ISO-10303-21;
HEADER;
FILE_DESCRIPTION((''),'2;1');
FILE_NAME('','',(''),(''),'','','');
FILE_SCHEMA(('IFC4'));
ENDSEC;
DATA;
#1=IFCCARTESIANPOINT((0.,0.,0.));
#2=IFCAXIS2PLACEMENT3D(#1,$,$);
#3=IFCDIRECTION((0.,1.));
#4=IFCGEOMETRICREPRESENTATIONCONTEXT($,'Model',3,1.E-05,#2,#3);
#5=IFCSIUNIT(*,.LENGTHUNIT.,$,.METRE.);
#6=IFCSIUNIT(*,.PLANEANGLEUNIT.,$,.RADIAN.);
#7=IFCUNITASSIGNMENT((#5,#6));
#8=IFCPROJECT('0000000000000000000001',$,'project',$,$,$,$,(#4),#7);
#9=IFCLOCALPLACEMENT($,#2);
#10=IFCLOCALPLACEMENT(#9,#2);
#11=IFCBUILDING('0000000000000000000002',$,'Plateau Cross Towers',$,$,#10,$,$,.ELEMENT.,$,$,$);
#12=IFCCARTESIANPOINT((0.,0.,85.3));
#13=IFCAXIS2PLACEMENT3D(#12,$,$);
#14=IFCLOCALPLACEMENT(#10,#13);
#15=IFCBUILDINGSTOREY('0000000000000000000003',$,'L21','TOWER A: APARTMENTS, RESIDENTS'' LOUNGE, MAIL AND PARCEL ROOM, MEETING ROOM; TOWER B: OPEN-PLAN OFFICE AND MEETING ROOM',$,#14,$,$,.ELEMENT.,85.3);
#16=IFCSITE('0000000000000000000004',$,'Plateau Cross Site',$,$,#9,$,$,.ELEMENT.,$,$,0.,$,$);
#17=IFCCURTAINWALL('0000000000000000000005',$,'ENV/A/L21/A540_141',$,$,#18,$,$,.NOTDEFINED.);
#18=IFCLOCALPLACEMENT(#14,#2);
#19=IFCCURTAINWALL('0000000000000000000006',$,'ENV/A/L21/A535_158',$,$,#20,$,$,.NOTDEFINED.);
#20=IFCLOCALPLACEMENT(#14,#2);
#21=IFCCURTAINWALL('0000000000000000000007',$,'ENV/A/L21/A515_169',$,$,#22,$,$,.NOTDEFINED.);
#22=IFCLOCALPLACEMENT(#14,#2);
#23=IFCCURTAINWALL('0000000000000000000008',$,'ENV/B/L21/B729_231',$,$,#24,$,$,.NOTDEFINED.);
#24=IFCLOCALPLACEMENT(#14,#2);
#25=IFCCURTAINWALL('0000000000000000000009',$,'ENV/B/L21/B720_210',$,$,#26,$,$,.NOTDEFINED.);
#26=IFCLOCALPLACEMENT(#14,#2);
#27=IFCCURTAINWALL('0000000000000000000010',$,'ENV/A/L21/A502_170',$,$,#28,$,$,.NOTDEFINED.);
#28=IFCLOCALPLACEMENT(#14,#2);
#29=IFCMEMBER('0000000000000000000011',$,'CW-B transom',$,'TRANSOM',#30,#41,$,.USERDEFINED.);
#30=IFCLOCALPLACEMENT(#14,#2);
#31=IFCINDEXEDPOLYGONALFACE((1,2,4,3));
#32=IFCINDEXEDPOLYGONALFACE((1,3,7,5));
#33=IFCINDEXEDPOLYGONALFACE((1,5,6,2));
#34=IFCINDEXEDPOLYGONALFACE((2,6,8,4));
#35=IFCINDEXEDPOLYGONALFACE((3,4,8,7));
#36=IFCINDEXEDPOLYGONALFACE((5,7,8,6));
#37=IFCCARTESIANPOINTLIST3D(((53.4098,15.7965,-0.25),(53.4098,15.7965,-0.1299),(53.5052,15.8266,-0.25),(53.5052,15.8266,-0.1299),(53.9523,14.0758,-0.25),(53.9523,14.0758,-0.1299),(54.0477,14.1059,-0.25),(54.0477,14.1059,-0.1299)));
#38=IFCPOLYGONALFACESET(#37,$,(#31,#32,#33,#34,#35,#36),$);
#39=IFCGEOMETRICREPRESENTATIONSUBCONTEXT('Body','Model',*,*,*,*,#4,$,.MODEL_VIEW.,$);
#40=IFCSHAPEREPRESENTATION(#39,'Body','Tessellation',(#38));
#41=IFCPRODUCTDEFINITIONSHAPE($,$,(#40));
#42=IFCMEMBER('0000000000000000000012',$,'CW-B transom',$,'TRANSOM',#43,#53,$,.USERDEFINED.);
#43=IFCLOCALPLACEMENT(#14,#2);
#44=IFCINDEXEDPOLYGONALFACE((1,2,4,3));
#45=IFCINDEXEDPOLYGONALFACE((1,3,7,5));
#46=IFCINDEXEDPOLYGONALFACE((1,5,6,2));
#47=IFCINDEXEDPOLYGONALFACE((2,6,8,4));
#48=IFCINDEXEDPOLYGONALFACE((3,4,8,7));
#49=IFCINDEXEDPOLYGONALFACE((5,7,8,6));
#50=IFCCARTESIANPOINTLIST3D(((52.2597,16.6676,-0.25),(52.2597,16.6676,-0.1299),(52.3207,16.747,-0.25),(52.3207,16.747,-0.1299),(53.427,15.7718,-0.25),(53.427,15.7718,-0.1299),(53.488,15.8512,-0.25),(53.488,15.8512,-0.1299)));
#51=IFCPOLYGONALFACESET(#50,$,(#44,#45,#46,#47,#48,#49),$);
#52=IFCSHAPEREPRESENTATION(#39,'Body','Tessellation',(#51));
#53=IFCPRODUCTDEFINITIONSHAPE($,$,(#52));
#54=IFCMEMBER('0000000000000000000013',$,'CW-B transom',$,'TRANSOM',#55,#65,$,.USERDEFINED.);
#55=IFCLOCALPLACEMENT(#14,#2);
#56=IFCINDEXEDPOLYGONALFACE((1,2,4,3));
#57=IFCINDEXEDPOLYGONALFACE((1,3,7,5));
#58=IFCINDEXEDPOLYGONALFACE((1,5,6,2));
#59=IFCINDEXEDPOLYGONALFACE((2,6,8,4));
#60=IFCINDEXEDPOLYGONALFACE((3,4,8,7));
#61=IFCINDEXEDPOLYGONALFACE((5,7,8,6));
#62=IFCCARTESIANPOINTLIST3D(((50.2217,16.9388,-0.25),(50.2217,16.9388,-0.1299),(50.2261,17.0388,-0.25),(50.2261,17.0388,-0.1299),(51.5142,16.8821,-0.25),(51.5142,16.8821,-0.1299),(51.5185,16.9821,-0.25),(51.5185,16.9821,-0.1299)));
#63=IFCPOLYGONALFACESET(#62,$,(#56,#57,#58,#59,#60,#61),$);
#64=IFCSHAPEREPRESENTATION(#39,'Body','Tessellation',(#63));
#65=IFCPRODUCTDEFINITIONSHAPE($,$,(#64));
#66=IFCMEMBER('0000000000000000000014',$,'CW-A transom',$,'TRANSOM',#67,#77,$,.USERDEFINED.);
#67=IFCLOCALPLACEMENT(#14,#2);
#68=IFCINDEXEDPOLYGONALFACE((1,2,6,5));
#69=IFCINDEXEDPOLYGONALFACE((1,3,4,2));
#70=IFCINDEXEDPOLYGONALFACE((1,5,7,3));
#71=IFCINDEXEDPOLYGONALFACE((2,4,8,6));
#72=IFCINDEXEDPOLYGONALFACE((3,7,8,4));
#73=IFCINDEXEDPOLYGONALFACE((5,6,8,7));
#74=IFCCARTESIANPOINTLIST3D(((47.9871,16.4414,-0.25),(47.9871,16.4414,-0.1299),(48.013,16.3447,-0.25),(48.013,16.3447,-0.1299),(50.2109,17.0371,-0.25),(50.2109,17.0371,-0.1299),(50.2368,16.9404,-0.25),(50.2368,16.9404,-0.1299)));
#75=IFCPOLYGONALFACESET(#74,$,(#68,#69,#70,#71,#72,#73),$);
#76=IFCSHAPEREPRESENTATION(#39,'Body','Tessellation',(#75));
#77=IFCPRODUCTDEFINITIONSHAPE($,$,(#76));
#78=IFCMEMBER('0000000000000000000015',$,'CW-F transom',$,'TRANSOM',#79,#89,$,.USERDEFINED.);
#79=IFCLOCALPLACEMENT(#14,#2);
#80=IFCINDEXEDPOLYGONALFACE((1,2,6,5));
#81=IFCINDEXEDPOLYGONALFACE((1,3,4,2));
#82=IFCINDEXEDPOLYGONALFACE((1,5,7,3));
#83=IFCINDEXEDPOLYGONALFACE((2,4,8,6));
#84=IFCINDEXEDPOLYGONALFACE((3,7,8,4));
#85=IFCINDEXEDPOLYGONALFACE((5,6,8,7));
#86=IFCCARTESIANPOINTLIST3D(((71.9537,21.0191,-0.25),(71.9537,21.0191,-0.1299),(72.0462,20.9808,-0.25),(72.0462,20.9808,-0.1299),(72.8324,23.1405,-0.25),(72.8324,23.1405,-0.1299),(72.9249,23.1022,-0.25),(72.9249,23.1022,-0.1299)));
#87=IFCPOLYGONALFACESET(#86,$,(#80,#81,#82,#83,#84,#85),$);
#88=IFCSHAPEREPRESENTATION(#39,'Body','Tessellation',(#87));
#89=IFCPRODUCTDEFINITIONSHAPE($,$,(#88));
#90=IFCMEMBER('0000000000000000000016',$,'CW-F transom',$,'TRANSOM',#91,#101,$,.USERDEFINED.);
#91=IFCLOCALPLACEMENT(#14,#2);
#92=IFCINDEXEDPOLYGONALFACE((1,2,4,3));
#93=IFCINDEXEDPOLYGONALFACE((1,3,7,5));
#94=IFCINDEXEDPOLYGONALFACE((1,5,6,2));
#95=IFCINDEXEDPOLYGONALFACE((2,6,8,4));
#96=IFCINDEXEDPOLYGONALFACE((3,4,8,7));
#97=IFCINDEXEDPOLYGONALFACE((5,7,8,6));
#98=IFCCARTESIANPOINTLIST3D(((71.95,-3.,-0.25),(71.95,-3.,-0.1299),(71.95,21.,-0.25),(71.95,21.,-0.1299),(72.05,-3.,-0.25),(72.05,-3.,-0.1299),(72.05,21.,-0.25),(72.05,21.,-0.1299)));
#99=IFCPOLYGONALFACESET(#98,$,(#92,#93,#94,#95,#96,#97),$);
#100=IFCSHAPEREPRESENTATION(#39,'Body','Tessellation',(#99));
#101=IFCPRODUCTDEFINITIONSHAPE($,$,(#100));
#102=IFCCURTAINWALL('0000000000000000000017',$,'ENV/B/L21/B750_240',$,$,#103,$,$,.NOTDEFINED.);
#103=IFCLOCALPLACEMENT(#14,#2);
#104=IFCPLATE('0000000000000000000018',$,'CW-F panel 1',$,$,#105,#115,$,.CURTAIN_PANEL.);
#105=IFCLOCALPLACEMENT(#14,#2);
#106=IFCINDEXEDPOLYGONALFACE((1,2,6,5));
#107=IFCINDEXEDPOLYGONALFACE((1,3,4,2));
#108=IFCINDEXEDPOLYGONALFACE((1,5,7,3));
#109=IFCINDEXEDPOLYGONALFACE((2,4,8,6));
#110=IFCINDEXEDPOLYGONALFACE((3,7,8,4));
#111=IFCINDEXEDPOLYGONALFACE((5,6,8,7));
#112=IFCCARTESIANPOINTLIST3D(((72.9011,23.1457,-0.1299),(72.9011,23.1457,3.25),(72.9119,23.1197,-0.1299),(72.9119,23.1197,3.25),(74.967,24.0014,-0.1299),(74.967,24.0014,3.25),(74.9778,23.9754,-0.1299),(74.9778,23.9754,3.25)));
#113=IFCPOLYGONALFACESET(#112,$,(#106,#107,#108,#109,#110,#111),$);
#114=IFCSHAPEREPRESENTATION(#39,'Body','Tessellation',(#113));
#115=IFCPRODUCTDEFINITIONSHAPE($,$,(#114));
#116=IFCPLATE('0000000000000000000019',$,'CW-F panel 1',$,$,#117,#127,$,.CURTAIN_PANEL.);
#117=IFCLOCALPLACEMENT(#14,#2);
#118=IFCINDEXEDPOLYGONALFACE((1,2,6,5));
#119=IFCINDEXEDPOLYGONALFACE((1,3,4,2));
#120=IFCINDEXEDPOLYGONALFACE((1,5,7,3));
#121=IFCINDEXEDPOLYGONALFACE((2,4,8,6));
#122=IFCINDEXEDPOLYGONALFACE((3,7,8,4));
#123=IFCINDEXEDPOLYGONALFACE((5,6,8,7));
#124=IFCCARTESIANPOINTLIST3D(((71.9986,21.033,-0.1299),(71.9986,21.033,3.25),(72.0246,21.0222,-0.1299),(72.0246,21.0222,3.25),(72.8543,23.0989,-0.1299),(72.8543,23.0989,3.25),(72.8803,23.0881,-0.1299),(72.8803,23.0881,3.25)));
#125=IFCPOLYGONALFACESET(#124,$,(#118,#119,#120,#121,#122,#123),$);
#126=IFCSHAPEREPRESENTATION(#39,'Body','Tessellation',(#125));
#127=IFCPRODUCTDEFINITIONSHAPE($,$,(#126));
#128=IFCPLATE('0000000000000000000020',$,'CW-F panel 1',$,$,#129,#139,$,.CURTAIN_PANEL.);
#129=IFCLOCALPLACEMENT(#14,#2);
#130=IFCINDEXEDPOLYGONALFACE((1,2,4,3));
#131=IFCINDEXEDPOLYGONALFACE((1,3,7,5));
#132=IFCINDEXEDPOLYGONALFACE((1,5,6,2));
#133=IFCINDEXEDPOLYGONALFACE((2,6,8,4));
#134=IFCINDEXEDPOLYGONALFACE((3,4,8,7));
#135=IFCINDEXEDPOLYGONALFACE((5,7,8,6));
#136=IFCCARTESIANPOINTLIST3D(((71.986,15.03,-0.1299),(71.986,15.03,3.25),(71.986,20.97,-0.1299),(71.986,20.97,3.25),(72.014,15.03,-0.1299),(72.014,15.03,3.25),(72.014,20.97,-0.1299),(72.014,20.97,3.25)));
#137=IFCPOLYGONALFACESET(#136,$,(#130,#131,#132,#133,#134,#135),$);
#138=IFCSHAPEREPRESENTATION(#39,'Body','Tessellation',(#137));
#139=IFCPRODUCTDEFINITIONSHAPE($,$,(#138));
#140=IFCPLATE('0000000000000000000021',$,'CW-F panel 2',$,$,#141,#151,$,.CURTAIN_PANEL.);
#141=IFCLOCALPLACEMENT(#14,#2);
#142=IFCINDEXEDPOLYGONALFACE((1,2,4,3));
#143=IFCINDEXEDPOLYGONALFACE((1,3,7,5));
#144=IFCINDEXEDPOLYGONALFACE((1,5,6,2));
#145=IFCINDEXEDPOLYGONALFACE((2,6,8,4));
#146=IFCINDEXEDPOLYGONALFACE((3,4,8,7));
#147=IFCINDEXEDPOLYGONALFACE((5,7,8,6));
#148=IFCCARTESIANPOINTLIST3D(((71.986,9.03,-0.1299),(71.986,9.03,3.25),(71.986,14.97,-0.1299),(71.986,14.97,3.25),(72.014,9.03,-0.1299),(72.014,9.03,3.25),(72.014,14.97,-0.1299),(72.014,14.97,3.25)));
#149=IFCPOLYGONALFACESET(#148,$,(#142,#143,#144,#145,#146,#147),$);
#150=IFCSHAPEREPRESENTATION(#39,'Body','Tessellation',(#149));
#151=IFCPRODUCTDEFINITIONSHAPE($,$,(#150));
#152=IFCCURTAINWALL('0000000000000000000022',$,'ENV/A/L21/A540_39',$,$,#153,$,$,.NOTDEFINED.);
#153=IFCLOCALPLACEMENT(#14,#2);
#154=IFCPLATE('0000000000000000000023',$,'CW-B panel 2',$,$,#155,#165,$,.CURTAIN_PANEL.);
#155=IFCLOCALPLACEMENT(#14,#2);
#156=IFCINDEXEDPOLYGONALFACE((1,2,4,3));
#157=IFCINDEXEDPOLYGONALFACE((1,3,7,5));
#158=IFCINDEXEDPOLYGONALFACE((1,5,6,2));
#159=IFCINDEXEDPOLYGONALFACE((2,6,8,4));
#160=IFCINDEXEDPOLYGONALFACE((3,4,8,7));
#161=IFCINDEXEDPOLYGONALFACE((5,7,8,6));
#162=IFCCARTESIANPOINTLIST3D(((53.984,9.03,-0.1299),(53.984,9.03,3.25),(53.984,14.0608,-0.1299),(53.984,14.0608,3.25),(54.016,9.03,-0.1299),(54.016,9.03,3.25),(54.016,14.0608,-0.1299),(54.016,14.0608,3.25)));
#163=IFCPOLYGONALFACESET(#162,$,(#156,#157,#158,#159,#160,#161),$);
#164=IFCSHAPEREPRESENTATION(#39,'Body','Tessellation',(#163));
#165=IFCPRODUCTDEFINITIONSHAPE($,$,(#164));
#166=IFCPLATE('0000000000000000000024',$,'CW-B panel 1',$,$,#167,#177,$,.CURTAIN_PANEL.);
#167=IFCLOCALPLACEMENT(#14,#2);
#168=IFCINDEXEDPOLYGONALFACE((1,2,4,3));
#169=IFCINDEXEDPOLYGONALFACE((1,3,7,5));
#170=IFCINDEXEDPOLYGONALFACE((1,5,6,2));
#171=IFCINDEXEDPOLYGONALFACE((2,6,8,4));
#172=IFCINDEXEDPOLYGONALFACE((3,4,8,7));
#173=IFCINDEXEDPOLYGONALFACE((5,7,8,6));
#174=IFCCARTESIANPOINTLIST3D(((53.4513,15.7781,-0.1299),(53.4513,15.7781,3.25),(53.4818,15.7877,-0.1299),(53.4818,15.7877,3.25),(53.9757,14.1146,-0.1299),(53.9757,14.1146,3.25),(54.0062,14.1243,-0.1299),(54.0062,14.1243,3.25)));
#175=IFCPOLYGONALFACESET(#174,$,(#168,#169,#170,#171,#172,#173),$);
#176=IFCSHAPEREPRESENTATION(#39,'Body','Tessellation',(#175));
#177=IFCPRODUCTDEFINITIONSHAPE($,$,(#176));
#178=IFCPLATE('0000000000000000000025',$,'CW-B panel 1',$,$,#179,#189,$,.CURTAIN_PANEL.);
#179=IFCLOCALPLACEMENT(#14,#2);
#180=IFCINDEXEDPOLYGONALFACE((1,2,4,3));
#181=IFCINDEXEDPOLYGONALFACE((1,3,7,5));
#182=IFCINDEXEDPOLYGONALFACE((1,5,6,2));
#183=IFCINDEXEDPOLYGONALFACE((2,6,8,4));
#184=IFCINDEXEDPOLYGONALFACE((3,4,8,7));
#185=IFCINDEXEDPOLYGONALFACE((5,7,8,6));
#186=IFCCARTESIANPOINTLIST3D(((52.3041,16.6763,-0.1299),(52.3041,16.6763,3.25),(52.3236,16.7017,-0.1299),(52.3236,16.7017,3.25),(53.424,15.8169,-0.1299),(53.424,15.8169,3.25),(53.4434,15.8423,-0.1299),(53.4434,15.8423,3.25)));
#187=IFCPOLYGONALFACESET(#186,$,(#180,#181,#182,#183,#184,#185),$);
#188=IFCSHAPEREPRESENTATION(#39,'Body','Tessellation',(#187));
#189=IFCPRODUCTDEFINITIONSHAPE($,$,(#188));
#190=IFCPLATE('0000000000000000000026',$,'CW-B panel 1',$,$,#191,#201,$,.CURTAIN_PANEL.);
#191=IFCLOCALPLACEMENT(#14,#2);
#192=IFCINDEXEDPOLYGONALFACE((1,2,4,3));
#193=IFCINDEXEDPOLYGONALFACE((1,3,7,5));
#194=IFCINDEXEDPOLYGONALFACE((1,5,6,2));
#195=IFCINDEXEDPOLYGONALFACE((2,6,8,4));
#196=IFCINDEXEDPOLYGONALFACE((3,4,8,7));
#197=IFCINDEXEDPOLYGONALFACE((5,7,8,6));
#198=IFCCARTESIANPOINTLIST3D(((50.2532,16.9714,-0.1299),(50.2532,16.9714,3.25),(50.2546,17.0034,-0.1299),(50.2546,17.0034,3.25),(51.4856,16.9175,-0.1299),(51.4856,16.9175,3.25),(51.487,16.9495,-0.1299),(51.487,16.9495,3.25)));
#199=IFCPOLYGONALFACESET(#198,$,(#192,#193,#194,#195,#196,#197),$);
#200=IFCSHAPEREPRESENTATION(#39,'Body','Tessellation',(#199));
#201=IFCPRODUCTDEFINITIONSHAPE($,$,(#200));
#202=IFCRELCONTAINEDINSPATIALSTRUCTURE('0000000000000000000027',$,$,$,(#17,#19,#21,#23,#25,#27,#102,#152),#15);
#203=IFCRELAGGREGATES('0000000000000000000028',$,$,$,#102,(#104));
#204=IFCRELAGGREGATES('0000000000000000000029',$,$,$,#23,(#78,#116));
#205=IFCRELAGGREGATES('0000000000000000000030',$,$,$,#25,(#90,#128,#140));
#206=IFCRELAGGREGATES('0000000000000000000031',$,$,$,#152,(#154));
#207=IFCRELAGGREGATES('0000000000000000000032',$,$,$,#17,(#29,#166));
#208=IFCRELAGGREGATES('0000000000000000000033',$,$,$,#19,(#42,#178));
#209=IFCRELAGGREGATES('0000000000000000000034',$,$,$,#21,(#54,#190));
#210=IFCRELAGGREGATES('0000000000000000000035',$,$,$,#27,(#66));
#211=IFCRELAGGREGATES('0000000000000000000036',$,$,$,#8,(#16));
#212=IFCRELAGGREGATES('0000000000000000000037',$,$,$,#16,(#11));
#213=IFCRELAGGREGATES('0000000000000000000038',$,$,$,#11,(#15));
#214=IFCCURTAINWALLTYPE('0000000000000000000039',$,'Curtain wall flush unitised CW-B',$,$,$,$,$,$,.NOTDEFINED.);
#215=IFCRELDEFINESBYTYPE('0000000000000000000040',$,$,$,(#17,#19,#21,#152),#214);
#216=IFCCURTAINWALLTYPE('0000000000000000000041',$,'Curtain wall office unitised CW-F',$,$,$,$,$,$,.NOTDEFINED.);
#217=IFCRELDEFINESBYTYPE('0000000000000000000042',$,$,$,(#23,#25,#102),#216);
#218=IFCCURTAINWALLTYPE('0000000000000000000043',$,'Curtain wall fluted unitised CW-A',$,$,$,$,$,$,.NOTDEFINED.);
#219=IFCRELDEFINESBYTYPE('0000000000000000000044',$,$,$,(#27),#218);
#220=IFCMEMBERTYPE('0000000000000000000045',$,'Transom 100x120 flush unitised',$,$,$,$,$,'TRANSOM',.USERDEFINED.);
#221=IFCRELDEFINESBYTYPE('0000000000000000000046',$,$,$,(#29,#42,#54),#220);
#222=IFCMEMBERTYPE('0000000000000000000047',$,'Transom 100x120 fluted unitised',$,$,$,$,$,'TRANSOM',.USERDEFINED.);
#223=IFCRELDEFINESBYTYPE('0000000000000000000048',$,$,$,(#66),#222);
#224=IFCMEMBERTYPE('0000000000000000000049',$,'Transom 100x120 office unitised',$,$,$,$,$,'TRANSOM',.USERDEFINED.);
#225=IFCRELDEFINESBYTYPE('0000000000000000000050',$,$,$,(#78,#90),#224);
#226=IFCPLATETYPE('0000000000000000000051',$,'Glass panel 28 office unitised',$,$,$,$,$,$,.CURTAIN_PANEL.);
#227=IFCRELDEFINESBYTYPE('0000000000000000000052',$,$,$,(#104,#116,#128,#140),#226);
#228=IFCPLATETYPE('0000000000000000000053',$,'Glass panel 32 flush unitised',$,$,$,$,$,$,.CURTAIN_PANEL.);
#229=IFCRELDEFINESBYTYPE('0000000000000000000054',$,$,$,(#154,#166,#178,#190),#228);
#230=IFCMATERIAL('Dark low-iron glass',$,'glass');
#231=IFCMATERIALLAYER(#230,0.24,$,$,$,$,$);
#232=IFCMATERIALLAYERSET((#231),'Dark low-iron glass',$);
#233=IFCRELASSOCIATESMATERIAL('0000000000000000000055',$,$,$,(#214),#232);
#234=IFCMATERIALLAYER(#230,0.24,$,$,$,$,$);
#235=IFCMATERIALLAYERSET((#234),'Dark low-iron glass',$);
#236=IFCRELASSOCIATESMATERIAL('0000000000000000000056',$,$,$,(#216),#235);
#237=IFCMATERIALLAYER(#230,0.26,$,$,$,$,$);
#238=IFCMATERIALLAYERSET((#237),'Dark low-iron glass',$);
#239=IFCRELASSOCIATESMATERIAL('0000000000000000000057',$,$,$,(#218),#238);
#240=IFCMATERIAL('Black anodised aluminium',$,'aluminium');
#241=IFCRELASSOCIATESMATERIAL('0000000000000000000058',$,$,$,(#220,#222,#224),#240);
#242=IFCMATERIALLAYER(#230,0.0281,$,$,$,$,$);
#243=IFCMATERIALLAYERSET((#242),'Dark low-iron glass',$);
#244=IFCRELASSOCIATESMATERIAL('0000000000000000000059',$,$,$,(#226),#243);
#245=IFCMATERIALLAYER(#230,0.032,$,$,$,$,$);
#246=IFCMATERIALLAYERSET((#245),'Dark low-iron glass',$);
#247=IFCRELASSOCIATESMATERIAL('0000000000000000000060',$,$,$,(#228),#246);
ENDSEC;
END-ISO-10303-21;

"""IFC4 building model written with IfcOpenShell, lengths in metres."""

from ifc_helpers import new_model, si_unit, direction, frame, origin, origin_2d, place, context, subcontext, project, spatial, rectangle, extrude, material, layer, layer_set, material_profile, profile_set, type_object, element, aggregate, save


model = new_model("IFC4")

# Units and contexts
model_context = context("Model", 3, precision=1e-05, world=origin(), true_north=direction((0.0, 1.0)))
body_context = subcontext(model_context, "Body", "Model", "MODEL_VIEW")
ifc_project = project(units=[si_unit("LENGTHUNIT", "METRE"), si_unit("PLANEANGLEUNIT", "RADIAN")], contexts=[model_context])

# Site, building, storey
site_placement = place(None, origin())
site = spatial("IfcSite", under=ifc_project, at=site_placement, Name="Plateau Cross Site", CompositionType="ELEMENT", RefElevation=0.0)
building_placement = place(site_placement, origin())
building = spatial("IfcBuilding", under=site, at=building_placement, Name="Plateau Cross Towers", CompositionType="ELEMENT")
storey_placement = place(building_placement, frame((0.0, 0.0, 85.3)))
storey = spatial("IfcBuildingStorey", under=building, at=storey_placement, Name="L21", Description="TOWER A: APARTMENTS, RESIDENTS' LOUNGE, MAIL AND PARCEL ROOM, MEETING ROOM; TOWER B: OPEN-PLAN OFFICE AND MEETING ROOM", CompositionType="ELEMENT", Elevation=85.3)

# Curtain wall
ifc_material_1 = material(Name="Dark low-iron glass", Category="glass")
ifc_layer_1 = layer(ifc_material_1, 0.24)
ifc_layer_set_1 = layer_set([ifc_layer_1], Name="Dark low-iron glass")
curtain_wall_type_1 = type_object("IfcCurtainWallType", Name="Curtain wall flush unitised CW-B", PredefinedType="NOTDEFINED", material=ifc_layer_set_1)
curtain_wall_1_placement = place(storey_placement, origin())
curtain_wall_1 = element("IfcCurtainWall", 1, at=curtain_wall_1_placement, inside=storey, type_object=curtain_wall_type_1, Name="ENV/A/L21/A540_141", PredefinedType="NOTDEFINED")
ifc_material_2 = material(Name="Black anodised aluminium", Category="aluminium")

# Curtain wall
curtain_wall_2_placement = place(storey_placement, origin())
curtain_wall_2 = element("IfcCurtainWall", 2, at=curtain_wall_2_placement, inside=storey, type_object=curtain_wall_type_1, Name="ENV/A/L21/A535_158", PredefinedType="NOTDEFINED")

# Curtain walls
curtain_wall_3_placement = place(storey_placement, origin())
curtain_wall_3 = element("IfcCurtainWall", 3, at=curtain_wall_3_placement, inside=storey, type_object=curtain_wall_type_1, Name="ENV/A/L21/A515_169", PredefinedType="NOTDEFINED")
ifc_layer_2 = layer(ifc_material_1, 0.24)
ifc_layer_set_2 = layer_set([ifc_layer_2], Name="Dark low-iron glass")
curtain_wall_type_2 = type_object("IfcCurtainWallType", Name="Curtain wall office unitised CW-F", PredefinedType="NOTDEFINED", material=ifc_layer_set_2)
curtain_wall_4_placement = place(storey_placement, origin())
curtain_wall_4 = element("IfcCurtainWall", 4, at=curtain_wall_4_placement, inside=storey, type_object=curtain_wall_type_2, Name="ENV/B/L21/B729_231", PredefinedType="NOTDEFINED")

# Curtain wall
curtain_wall_5_placement = place(storey_placement, origin())
curtain_wall_5 = element("IfcCurtainWall", 5, at=curtain_wall_5_placement, inside=storey, type_object=curtain_wall_type_2, Name="ENV/B/L21/B720_210", PredefinedType="NOTDEFINED")

# Curtain wall
ifc_layer_3 = layer(ifc_material_1, 0.26)
ifc_layer_set_3 = layer_set([ifc_layer_3], Name="Dark low-iron glass")
curtain_wall_type_3 = type_object("IfcCurtainWallType", Name="Curtain wall fluted unitised CW-A", PredefinedType="NOTDEFINED", material=ifc_layer_set_3)
curtain_wall_6_placement = place(storey_placement, origin())
curtain_wall_6 = element("IfcCurtainWall", 6, at=curtain_wall_6_placement, inside=storey, type_object=curtain_wall_type_3, Name="ENV/A/L21/A502_170", PredefinedType="NOTDEFINED")

# Members
ifc_material_profile_1 = material_profile(ifc_material_2, rectangle(XDim=0.1001, YDim=0.1201, at=origin_2d()), Name="TRANSOM 100x120")
ifc_profile_set_1 = profile_set([ifc_material_profile_1], Name="Black anodised aluminium")
member_type_1 = type_object("IfcMemberType", Name="Transom 100x120 flush unitised", ElementType="TRANSOM", PredefinedType="USERDEFINED", material=ifc_profile_set_1)
member_1_placement = place(storey_placement, frame((54.0, 14.0908, -0.1899), z_axis=(-0.300678, 0.953726, 0.0), x_axis=(-0.953726, -0.300678, 0.0)))
member_1 = element("IfcMember", 7, at=member_1_placement, type_object=member_type_1, Name="CW-B transom", ObjectType="TRANSOM", PredefinedType="USERDEFINED", context=body_context, shape_type="SweptSolid", body=[
    extrude(rectangle(XDim=0.1001, YDim=0.1201, at=origin_2d()), origin(), (0.0, 0.0, 1.0), 1.8042),
])
member_2_placement = place(storey_placement, frame((53.4575, 15.8115, -0.1899), z_axis=(-0.793321, 0.608804, 0.0), x_axis=(-0.608804, -0.793321, 0.0)))
member_2 = element("IfcMember", 8, at=member_2_placement, type_object=member_type_1, Name="CW-B transom", ObjectType="TRANSOM", PredefinedType="USERDEFINED", context=body_context, shape_type="SweptSolid", body=[
    extrude(rectangle(XDim=0.1001, YDim=0.1201, at=origin_2d()), origin(), (0.0, 0.0, 1.0), 1.4714),
])
member_3_placement = place(storey_placement, frame((51.5164, 16.9321, -0.1899), z_axis=(-0.999041, 0.043781, 0.0), x_axis=(-0.043781, -0.999041, 0.0)))
member_3 = element("IfcMember", 9, at=member_3_placement, type_object=member_type_1, Name="CW-B transom", ObjectType="TRANSOM", PredefinedType="USERDEFINED", context=body_context, shape_type="SweptSolid", body=[
    extrude(rectangle(XDim=0.1001, YDim=0.1201, at=origin_2d()), origin(), (0.0, 0.0, 1.0), 1.2937),
])
ifc_material_profile_2 = material_profile(ifc_material_2, rectangle(XDim=0.1001, YDim=0.1201, at=origin_2d()), Name="TRANSOM 100x120")
ifc_profile_set_2 = profile_set([ifc_material_profile_2], Name="Black anodised aluminium")
member_type_2 = type_object("IfcMemberType", Name="Transom 100x120 fluted unitised", ElementType="TRANSOM", PredefinedType="USERDEFINED", material=ifc_profile_set_2)
member_4_placement = place(storey_placement, frame((50.2239, 16.9888, -0.1899), z_axis=(-0.965946, -0.258745, 0.0), x_axis=(0.258745, -0.965946, 0.0)))
member_4 = element("IfcMember", 10, at=member_4_placement, type_object=member_type_2, Name="CW-A transom", ObjectType="TRANSOM", PredefinedType="USERDEFINED", context=body_context, shape_type="SweptSolid", body=[
    extrude(rectangle(XDim=0.1001, YDim=0.1201, at=origin_2d()), origin(), (0.0, 0.0, 1.0), 2.3022),
])
ifc_material_profile_3 = material_profile(ifc_material_2, rectangle(XDim=0.1001, YDim=0.1201, at=origin_2d()), Name="TRANSOM 100x120")
ifc_profile_set_3 = profile_set([ifc_material_profile_3], Name="Black anodised aluminium")
member_type_3 = type_object("IfcMemberType", Name="Transom 100x120 office unitised", ElementType="TRANSOM", PredefinedType="USERDEFINED", material=ifc_profile_set_3)
member_5_placement = place(storey_placement, frame((72.8787, 23.1213, -0.1899), z_axis=(-0.382674, -0.923883, 0.0), x_axis=(0.923883, -0.382674, 0.0)))
member_5 = element("IfcMember", 11, at=member_5_placement, type_object=member_type_3, Name="CW-F transom", ObjectType="TRANSOM", PredefinedType="USERDEFINED", context=body_context, shape_type="SweptSolid", body=[
    extrude(rectangle(XDim=0.1001, YDim=0.1201, at=origin_2d()), origin(), (0.0, 0.0, 1.0), 2.2961),
])
member_6_placement = place(storey_placement, frame((72.0, 21.0, -0.1899), z_axis=(0.0, -1.0, 0.0), x_axis=(1.0, 0.0, 0.0)))
member_6 = element("IfcMember", 12, at=member_6_placement, type_object=member_type_3, Name="CW-F transom", ObjectType="TRANSOM", PredefinedType="USERDEFINED", context=body_context, shape_type="SweptSolid", body=[
    extrude(rectangle(XDim=0.1001, YDim=0.1201, at=origin_2d()), origin(), (0.0, 0.0, 1.0), 24.0),
])

# Curtain wall, plate
curtain_wall_7_placement = place(storey_placement, origin())
curtain_wall_7 = element("IfcCurtainWall", 13, at=curtain_wall_7_placement, inside=storey, type_object=curtain_wall_type_2, Name="ENV/B/L21/B750_240", PredefinedType="NOTDEFINED")
ifc_layer_4 = layer(ifc_material_1, 0.0281)
ifc_layer_set_4 = layer_set([ifc_layer_4], Name="Dark low-iron glass")
plate_type_1 = type_object("IfcPlateType", Name="Glass panel 28 office unitised", PredefinedType="CURTAIN_PANEL", material=ifc_layer_set_4)
plate_1_placement = place(storey_placement, frame((73.9395, 23.5605, -0.1299), z_axis=(0.0, 0.0, 1.0), x_axis=(-0.923879, -0.382684, 0.0)))
plate_1 = element("IfcPlate", 14, at=plate_1_placement, type_object=plate_type_1, Name="CW-F panel 1", PredefinedType="CURTAIN_PANEL", context=body_context, shape_type="SweptSolid", body=[
    extrude(rectangle(XDim=2.2361, YDim=0.0281, at=origin_2d()), origin(), (0.0, 0.0, 1.0), 3.3799),
])
aggregate(curtain_wall_7, [plate_1])

# Plates
plate_2_placement = place(storey_placement, frame((72.4395, 22.0605, -0.1299), z_axis=(0.0, 0.0, 1.0), x_axis=(-0.382684, -0.923879, 0.0)))
plate_2 = element("IfcPlate", 15, at=plate_2_placement, type_object=plate_type_1, Name="CW-F panel 1", PredefinedType="CURTAIN_PANEL", context=body_context, shape_type="SweptSolid", body=[
    extrude(rectangle(XDim=2.2361, YDim=0.0281, at=origin_2d()), origin(), (0.0, 0.0, 1.0), 3.3799),
])
aggregate(curtain_wall_4, [member_5, plate_2])
plate_3_placement = place(storey_placement, frame((72.0, 18.0, -0.1299), z_axis=(0.0, 0.0, 1.0), x_axis=(0.0, -1.0, 0.0)))
plate_3 = element("IfcPlate", 16, at=plate_3_placement, type_object=plate_type_1, Name="CW-F panel 1", PredefinedType="CURTAIN_PANEL", context=body_context, shape_type="SweptSolid", body=[
    extrude(rectangle(XDim=5.9399, YDim=0.0281, at=origin_2d()), origin(), (0.0, 0.0, 1.0), 3.3799),
])
plate_4_placement = place(storey_placement, frame((72.0, 12.0, -0.1299), z_axis=(0.0, 0.0, 1.0), x_axis=(0.0, -1.0, 0.0)))
plate_4 = element("IfcPlate", 17, at=plate_4_placement, type_object=plate_type_1, Name="CW-F panel 2", PredefinedType="CURTAIN_PANEL", context=body_context, shape_type="SweptSolid", body=[
    extrude(rectangle(XDim=5.9399, YDim=0.0281, at=origin_2d()), origin(), (0.0, 0.0, 1.0), 3.3799),
])
aggregate(curtain_wall_5, [member_6, plate_3, plate_4])

# Curtain wall, plate
curtain_wall_8_placement = place(storey_placement, origin())
curtain_wall_8 = element("IfcCurtainWall", 18, at=curtain_wall_8_placement, inside=storey, type_object=curtain_wall_type_1, Name="ENV/A/L21/A540_39", PredefinedType="NOTDEFINED")
ifc_layer_5 = layer(ifc_material_1, 0.032)
ifc_layer_set_5 = layer_set([ifc_layer_5], Name="Dark low-iron glass")
plate_type_2 = type_object("IfcPlateType", Name="Glass panel 32 flush unitised", PredefinedType="CURTAIN_PANEL", material=ifc_layer_set_5)
plate_5_placement = place(storey_placement, frame((54.0, 11.5454, -0.1299), z_axis=(0.0, 0.0, 1.0), x_axis=(0.0, 1.0, 0.0)))
plate_5 = element("IfcPlate", 19, at=plate_5_placement, type_object=plate_type_2, Name="CW-B panel 2", PredefinedType="CURTAIN_PANEL", context=body_context, shape_type="SweptSolid", body=[
    extrude(rectangle(XDim=5.0308, YDim=0.032, at=origin_2d()), origin(), (0.0, 0.0, 1.0), 3.3799),
])
aggregate(curtain_wall_8, [plate_5])

# Plates
plate_6_placement = place(storey_placement, frame((53.7288, 14.9512, -0.1299), z_axis=(0.0, 0.0, 1.0), x_axis=(-0.300686, 0.953723, 0.0)))
plate_6 = element("IfcPlate", 20, at=plate_6_placement, type_object=plate_type_2, Name="CW-B panel 1", PredefinedType="CURTAIN_PANEL", context=body_context, shape_type="SweptSolid", body=[
    extrude(rectangle(XDim=1.7441, YDim=0.032, at=origin_2d()), origin(), (0.0, 0.0, 1.0), 3.3799),
])
aggregate(curtain_wall_1, [member_1, plate_6])
plate_7_placement = place(storey_placement, frame((52.8738, 16.2593, -0.1299), z_axis=(0.0, 0.0, 1.0), x_axis=(-0.793316, 0.608811, 0.0)))
plate_7 = element("IfcPlate", 21, at=plate_7_placement, type_object=plate_type_2, Name="CW-B panel 1", PredefinedType="CURTAIN_PANEL", context=body_context, shape_type="SweptSolid", body=[
    extrude(rectangle(XDim=1.4116, YDim=0.032, at=origin_2d()), origin(), (0.0, 0.0, 1.0), 3.3799),
])
aggregate(curtain_wall_2, [member_2, plate_7])
plate_8_placement = place(storey_placement, frame((50.8701, 16.9604, -0.1299), z_axis=(0.0, 0.0, 1.0), x_axis=(-0.999044, 0.043723, 0.0)))
plate_8 = element("IfcPlate", 22, at=plate_8_placement, type_object=plate_type_2, Name="CW-B panel 1", PredefinedType="CURTAIN_PANEL", context=body_context, shape_type="SweptSolid", body=[
    extrude(rectangle(XDim=1.2336, YDim=0.032, at=origin_2d()), origin(), (0.0, 0.0, 1.0), 3.3799),
])
aggregate(curtain_wall_3, [member_3, plate_8])
aggregate(curtain_wall_6, [member_4])

save(model, "model.ifc")
